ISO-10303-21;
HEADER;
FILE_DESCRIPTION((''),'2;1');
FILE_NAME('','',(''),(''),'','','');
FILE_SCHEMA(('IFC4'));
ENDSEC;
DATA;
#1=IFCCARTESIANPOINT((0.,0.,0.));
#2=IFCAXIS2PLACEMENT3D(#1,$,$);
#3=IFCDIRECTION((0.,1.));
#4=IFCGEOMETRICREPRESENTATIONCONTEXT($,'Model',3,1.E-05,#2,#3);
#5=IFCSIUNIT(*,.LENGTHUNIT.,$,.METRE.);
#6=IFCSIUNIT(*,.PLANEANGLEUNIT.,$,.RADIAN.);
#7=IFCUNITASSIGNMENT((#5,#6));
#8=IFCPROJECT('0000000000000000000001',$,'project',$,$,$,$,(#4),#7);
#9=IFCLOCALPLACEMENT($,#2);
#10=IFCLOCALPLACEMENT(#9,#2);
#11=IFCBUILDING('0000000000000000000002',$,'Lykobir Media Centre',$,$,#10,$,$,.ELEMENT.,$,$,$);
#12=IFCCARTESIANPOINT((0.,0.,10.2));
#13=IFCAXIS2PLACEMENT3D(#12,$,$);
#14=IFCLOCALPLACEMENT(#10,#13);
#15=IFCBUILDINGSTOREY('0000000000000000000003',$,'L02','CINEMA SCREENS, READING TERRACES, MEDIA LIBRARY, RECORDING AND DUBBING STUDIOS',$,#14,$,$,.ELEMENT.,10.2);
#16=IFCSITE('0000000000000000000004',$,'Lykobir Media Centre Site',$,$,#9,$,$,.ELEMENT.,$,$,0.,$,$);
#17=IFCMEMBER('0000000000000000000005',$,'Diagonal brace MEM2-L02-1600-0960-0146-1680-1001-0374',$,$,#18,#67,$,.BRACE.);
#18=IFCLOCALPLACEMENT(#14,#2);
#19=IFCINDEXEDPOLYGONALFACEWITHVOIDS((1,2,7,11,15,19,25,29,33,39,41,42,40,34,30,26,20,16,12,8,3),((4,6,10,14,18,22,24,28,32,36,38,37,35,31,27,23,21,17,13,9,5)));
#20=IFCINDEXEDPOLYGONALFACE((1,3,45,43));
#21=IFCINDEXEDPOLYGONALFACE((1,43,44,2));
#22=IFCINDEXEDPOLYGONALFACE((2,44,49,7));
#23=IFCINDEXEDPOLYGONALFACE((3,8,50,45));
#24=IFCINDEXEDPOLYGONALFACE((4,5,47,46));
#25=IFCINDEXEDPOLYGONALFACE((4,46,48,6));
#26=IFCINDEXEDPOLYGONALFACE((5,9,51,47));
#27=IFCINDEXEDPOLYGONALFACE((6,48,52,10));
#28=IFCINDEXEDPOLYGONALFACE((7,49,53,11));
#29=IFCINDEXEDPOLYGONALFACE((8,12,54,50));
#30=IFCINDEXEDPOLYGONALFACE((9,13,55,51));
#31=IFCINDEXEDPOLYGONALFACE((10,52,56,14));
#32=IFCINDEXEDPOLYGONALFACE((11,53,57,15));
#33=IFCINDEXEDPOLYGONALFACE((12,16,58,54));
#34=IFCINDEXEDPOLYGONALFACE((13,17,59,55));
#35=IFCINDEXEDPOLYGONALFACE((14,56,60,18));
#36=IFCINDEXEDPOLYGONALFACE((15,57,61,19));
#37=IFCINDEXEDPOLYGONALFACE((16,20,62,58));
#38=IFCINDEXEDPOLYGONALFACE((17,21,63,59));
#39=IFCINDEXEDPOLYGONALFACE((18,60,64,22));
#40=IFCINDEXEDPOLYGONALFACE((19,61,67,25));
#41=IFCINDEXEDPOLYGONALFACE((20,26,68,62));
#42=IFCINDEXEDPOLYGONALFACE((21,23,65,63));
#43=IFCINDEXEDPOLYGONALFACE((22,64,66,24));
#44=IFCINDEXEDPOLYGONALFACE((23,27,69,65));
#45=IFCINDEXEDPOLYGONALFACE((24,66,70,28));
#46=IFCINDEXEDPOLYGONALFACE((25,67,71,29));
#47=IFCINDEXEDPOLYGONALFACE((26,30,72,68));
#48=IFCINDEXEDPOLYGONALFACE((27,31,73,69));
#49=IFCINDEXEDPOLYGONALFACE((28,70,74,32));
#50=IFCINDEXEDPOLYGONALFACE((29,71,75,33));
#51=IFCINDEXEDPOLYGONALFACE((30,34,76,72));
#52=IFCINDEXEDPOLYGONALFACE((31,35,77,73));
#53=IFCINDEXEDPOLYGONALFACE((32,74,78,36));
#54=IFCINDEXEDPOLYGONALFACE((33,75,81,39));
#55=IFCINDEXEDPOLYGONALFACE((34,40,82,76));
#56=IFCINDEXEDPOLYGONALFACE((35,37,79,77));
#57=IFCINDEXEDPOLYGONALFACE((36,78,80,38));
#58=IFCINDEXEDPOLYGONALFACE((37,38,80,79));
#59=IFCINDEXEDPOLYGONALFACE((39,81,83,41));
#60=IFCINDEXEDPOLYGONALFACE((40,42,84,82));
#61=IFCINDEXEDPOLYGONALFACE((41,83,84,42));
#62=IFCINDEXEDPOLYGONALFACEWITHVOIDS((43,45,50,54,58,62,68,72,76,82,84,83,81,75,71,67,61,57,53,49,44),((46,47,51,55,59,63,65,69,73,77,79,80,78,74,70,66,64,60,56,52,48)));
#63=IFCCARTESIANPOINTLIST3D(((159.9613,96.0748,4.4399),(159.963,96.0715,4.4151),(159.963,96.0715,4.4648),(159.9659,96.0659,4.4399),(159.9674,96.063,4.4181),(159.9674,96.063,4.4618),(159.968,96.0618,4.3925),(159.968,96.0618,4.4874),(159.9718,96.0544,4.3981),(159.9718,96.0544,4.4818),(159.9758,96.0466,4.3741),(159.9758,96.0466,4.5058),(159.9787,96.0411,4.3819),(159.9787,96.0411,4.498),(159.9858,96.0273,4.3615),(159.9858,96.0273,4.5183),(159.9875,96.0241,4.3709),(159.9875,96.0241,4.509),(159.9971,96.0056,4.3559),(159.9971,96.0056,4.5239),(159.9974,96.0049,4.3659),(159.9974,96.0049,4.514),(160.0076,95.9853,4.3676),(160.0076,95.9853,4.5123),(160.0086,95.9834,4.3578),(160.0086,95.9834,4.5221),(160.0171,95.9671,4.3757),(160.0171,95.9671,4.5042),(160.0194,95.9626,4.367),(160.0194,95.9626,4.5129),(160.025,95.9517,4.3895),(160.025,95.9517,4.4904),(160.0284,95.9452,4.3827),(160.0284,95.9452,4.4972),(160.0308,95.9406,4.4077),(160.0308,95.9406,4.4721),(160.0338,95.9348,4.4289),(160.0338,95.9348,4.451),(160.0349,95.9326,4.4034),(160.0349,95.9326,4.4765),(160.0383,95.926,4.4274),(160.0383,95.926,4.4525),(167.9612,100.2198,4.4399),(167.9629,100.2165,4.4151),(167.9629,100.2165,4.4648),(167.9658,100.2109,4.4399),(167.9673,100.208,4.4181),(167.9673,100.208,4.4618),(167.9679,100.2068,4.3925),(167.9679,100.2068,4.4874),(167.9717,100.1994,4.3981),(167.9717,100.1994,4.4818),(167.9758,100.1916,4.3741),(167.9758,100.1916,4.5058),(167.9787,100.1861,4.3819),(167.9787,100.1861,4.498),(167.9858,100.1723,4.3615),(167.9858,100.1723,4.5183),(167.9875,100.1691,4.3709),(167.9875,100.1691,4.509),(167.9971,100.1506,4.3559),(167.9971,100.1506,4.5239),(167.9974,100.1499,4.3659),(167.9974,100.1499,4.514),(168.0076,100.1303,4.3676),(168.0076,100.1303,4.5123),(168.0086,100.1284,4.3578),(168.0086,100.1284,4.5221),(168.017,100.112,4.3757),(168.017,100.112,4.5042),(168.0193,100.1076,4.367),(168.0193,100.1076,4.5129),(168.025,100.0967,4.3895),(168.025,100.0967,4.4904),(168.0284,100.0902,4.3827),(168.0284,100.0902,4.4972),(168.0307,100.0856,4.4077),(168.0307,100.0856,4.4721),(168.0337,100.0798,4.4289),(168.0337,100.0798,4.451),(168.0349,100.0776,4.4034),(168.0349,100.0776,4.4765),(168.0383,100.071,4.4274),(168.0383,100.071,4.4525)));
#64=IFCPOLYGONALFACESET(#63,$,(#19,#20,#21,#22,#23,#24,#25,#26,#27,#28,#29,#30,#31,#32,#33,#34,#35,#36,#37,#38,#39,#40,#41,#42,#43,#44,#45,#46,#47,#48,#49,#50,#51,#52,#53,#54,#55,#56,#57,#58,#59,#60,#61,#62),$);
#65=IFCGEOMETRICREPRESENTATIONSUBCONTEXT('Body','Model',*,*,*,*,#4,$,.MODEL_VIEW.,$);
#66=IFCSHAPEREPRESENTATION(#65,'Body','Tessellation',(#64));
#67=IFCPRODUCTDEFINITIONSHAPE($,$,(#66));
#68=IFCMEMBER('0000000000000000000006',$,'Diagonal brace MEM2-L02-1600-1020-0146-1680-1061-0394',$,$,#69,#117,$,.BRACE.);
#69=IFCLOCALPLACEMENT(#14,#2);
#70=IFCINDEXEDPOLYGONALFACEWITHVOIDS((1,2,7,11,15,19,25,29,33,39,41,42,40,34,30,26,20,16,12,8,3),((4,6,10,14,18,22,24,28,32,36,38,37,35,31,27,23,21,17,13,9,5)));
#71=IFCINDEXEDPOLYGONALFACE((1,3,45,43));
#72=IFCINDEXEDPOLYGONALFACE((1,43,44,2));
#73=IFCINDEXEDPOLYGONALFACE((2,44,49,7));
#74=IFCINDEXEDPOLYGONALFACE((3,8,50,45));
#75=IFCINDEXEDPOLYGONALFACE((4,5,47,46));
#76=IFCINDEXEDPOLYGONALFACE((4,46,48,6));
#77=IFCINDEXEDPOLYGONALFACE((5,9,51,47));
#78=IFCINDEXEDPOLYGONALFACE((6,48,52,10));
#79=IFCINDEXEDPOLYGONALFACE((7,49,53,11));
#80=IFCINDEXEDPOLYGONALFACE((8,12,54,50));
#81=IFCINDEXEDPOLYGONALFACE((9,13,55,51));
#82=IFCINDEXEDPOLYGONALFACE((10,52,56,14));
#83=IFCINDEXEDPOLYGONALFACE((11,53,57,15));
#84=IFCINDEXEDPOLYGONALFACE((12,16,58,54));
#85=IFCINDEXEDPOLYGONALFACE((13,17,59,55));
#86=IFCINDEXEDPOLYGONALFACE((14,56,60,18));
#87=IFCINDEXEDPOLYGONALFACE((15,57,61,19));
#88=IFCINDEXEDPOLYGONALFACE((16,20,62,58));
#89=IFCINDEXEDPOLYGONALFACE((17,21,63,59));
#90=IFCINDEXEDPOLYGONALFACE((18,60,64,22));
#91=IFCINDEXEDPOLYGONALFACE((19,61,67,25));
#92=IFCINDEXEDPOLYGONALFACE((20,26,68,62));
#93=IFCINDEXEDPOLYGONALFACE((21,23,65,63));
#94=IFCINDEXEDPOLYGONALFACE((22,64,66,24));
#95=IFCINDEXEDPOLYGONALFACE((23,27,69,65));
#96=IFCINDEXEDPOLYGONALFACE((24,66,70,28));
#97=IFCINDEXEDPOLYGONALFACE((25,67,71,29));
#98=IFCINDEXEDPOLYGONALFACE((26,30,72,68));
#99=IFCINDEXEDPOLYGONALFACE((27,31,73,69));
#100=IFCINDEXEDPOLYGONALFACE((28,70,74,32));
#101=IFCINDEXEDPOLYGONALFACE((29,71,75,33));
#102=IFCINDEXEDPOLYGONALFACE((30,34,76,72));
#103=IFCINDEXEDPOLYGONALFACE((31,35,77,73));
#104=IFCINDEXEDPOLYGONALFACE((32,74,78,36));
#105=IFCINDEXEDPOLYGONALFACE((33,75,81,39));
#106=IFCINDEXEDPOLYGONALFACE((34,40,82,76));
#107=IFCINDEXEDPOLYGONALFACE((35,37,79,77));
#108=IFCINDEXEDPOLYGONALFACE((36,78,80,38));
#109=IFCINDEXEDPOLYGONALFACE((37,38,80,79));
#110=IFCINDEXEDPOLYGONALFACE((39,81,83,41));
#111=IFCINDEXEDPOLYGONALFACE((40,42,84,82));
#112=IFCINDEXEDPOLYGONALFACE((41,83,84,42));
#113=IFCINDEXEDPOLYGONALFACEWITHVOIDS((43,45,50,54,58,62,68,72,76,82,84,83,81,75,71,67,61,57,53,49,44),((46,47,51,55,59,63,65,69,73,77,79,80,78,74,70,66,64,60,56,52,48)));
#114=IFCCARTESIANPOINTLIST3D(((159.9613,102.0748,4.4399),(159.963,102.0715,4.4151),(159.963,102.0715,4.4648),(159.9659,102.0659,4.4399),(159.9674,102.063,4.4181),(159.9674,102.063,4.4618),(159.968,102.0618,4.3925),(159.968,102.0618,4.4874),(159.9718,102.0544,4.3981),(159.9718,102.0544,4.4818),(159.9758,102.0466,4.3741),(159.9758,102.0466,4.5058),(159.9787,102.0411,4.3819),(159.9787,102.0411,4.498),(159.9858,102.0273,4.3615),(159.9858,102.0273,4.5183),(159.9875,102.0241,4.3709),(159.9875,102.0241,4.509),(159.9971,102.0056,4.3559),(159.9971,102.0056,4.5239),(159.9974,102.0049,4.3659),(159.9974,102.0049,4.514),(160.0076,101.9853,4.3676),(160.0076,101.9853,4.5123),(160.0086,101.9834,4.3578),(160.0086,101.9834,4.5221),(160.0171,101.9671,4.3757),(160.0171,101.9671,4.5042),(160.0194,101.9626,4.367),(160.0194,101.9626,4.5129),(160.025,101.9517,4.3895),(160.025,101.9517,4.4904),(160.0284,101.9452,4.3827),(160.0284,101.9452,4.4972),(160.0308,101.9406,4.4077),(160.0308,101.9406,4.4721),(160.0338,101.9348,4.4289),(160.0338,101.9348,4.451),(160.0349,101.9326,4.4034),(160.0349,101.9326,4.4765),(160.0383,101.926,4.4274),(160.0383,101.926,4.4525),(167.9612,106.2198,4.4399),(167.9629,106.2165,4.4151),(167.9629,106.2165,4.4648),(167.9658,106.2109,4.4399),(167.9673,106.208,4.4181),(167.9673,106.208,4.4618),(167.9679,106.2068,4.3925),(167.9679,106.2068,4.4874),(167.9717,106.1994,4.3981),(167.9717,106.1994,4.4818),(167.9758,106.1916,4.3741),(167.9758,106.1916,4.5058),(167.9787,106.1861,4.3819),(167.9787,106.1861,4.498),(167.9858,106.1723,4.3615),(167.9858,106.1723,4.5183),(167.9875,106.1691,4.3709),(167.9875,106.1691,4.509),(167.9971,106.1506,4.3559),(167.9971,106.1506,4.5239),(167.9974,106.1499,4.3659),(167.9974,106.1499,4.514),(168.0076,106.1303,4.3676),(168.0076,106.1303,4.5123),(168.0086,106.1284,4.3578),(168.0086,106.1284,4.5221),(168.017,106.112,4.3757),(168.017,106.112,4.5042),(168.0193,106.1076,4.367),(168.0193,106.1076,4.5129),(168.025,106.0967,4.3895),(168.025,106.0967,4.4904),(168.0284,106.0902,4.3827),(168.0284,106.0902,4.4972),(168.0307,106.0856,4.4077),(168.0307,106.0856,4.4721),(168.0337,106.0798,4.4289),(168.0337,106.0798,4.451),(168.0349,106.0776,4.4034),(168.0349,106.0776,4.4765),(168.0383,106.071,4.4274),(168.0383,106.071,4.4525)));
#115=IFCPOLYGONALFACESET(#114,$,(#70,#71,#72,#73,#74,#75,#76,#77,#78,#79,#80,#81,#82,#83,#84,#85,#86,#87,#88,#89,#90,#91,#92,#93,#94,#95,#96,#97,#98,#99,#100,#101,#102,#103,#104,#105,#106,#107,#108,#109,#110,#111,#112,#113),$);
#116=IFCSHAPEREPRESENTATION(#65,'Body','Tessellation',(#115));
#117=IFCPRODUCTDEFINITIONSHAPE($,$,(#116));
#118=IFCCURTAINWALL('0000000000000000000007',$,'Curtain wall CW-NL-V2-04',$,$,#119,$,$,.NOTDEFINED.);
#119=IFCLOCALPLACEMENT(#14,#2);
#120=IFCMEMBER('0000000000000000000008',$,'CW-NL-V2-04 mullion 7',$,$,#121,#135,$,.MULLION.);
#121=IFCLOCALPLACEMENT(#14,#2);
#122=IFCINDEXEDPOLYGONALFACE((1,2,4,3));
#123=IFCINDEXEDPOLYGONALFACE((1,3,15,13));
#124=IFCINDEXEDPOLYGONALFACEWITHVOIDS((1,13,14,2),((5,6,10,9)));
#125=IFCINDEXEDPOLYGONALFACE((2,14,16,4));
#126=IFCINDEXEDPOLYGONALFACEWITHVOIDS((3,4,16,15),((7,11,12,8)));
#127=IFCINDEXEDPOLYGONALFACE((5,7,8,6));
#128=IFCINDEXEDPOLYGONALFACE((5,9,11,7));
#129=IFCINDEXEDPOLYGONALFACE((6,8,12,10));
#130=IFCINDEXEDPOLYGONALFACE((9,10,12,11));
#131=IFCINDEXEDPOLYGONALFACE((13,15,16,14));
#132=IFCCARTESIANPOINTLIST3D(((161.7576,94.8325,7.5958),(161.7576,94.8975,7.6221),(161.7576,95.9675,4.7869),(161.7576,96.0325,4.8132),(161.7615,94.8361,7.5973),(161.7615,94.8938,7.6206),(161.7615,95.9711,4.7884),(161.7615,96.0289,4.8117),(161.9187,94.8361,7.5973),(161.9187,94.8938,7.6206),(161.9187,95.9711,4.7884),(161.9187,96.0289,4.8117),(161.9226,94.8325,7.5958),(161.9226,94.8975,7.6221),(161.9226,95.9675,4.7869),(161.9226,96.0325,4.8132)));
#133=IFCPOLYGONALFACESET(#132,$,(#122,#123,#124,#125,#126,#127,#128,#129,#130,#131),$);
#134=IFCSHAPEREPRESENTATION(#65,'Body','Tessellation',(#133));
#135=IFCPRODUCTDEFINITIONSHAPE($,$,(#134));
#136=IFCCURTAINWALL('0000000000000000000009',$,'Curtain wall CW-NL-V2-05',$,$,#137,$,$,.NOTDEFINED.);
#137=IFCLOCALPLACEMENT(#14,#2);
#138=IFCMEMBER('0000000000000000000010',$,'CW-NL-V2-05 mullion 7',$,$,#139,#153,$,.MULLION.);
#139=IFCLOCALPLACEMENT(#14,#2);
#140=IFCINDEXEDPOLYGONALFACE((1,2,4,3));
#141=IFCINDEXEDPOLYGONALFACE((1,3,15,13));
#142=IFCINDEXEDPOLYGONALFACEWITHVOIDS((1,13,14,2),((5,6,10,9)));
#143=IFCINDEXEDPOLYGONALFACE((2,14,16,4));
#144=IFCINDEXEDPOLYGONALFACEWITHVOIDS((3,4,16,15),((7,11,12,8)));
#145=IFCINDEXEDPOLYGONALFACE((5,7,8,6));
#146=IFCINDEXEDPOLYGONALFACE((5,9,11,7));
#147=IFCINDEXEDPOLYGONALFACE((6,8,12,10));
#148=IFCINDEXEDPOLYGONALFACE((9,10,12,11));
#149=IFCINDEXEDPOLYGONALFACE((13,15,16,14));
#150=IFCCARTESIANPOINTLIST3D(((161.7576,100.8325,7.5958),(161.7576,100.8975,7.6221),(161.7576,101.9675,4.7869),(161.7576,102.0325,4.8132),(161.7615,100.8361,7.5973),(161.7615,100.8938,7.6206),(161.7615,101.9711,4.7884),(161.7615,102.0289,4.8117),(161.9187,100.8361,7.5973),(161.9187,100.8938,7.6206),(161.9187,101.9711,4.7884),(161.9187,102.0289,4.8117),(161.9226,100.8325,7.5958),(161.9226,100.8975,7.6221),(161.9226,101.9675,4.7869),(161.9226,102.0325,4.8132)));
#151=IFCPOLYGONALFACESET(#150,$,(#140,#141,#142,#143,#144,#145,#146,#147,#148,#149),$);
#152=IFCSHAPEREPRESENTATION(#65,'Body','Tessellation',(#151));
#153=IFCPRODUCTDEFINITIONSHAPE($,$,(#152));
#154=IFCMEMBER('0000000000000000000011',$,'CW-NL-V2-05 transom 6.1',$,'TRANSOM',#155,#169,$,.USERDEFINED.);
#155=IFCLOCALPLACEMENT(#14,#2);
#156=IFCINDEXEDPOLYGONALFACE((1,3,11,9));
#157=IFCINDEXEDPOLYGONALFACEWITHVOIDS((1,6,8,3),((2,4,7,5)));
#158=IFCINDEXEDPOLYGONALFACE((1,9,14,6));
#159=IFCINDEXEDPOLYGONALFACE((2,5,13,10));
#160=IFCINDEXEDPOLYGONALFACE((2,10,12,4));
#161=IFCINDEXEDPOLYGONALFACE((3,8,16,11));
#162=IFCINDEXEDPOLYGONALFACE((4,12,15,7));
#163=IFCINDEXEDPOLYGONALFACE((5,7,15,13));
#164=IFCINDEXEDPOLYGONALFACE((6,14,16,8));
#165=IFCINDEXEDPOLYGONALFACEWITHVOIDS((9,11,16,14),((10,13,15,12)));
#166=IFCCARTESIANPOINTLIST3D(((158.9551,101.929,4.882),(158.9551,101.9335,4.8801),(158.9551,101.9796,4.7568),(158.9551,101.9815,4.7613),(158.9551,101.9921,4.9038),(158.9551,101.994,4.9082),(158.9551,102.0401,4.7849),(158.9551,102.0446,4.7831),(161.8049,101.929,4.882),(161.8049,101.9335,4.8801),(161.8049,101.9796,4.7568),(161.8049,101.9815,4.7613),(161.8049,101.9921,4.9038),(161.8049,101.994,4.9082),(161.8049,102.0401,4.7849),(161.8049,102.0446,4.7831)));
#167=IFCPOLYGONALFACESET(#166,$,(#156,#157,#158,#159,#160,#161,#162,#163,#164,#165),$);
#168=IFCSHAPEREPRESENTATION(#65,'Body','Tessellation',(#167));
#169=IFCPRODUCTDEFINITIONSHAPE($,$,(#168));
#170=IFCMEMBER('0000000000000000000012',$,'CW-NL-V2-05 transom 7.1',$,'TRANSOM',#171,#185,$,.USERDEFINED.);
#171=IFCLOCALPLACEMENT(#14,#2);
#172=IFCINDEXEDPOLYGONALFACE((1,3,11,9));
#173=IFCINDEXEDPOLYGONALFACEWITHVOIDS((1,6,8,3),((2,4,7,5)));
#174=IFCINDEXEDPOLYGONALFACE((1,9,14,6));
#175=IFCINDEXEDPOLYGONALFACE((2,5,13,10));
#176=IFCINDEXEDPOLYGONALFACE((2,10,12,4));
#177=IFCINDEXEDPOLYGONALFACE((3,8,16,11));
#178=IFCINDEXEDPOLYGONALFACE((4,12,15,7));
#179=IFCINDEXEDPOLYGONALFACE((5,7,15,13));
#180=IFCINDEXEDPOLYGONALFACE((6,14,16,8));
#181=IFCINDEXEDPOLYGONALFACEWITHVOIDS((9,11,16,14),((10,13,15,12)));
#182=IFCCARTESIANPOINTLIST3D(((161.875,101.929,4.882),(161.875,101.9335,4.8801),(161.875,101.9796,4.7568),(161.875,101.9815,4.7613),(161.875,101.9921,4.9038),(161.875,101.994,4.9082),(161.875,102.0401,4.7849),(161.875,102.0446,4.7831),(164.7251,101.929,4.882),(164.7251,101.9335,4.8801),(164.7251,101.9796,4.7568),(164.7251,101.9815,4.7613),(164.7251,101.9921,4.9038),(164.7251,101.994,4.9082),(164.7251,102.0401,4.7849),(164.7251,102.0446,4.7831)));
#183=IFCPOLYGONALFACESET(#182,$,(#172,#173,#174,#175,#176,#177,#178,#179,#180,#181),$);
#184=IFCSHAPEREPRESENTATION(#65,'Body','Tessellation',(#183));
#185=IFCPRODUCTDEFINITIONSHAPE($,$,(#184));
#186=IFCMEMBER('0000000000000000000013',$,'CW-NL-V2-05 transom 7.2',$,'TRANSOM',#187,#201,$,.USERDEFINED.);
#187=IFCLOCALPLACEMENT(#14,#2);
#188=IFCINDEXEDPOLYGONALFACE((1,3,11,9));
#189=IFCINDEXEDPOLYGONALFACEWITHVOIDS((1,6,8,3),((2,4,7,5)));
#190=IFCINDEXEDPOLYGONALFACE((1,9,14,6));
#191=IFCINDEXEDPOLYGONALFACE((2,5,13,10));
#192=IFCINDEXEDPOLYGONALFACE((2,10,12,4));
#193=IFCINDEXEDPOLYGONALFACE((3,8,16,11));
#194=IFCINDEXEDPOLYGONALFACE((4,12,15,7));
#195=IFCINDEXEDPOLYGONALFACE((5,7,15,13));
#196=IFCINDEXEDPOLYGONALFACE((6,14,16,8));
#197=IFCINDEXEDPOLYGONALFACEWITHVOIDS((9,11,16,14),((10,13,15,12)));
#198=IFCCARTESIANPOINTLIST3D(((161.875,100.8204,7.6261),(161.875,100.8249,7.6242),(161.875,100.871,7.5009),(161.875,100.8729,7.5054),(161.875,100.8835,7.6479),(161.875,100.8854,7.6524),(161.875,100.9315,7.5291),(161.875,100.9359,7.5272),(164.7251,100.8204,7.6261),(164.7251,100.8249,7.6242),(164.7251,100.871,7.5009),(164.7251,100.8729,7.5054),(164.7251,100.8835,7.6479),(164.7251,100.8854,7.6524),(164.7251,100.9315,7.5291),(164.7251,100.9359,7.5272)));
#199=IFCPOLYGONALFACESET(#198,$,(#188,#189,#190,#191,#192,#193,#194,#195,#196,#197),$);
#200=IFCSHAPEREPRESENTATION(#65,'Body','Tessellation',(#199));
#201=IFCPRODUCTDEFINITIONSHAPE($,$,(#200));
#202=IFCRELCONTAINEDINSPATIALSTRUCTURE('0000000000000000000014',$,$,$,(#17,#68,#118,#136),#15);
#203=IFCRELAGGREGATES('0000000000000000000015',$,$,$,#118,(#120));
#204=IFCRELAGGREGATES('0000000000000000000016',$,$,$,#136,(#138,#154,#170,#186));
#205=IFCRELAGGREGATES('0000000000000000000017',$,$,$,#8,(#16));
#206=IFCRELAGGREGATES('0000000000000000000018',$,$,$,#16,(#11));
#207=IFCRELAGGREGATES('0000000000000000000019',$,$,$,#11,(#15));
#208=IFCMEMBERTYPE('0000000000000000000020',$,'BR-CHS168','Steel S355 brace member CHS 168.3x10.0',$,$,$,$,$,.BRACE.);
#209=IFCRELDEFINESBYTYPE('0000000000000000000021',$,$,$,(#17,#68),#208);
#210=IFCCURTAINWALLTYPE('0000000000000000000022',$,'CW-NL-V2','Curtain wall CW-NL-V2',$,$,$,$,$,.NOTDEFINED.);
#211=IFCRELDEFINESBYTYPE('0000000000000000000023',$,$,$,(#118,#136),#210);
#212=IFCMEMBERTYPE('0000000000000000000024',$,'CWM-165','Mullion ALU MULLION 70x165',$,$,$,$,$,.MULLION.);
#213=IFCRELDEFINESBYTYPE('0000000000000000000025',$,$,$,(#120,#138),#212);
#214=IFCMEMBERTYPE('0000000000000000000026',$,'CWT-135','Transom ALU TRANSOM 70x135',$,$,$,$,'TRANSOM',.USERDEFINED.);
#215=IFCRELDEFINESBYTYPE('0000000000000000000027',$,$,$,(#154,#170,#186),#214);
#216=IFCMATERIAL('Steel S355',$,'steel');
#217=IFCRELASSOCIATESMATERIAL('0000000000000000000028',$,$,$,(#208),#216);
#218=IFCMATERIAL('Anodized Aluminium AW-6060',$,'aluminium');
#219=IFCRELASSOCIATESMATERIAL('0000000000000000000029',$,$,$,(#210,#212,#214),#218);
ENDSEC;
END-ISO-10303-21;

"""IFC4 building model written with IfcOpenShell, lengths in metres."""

from ifc_helpers import new_model, si_unit, direction, frame, origin, origin_2d, place, context, subcontext, project, spatial, hollow_rectangle, hollow_circle, extrude, material, material_profile, profile_set, type_object, element, aggregate, save


model = new_model("IFC4")

# Units and contexts
model_context = context("Model", 3, precision=1e-05, world=origin(), true_north=direction((0.0, 1.0)))
body_context = subcontext(model_context, "Body", "Model", "MODEL_VIEW")
ifc_project = project(units=[si_unit("LENGTHUNIT", "METRE"), si_unit("PLANEANGLEUNIT", "RADIAN")], contexts=[model_context])

# Site, building, storey
site_placement = place(None, origin())
site = spatial("IfcSite", under=ifc_project, at=site_placement, Name="Lykobir Media Centre Site", CompositionType="ELEMENT", RefElevation=0.0)
building_placement = place(site_placement, origin())
building = spatial("IfcBuilding", under=site, at=building_placement, Name="Lykobir Media Centre", CompositionType="ELEMENT")
storey_placement = place(building_placement, frame((0.0, 0.0, 10.2)))
storey = spatial("IfcBuildingStorey", under=building, at=storey_placement, Name="L02", Description="CINEMA SCREENS, READING TERRACES, MEDIA LIBRARY, RECORDING AND DUBBING STUDIOS", CompositionType="ELEMENT", Elevation=10.2)

# Members
ifc_material_1 = material(Name="Steel S355", Category="steel")
ifc_material_profile_1 = material_profile(ifc_material_1, hollow_circle(Radius=0.0842, WallThickness=0.01, at=origin_2d()), Name="CHS 168.3x10.0")
ifc_profile_set_1 = profile_set([ifc_material_profile_1], Name="Steel S355")
member_type_1 = type_object("IfcMemberType", Name="BR-CHS168", Description="Steel S355 brace member CHS 168.3x10.0", PredefinedType="BRACE", material=ifc_profile_set_1)
for number, where, z_axis, x_axis, name in (
    (1, (160.0, 96.0, 4.4399), (0.887896, 0.460043, 0.0), (-0.460043, 0.887896, 0.0), "Diagonal brace MEM2-L02-1600-0960-0146-1680-1001-0374"),
    (2, (160.0, 102.0, 4.4399), (0.887896, 0.460043, 0.0), (-0.460043, 0.887896, 0.0), "Diagonal brace MEM2-L02-1600-1020-0146-1680-1061-0394"),
):
    element("IfcMember", number, at=place(storey_placement, frame(where, z_axis=z_axis, x_axis=x_axis)), inside=storey, type_object=member_type_1, Name=name, PredefinedType="BRACE", context=body_context, shape_type="SweptSolid", body=[
        extrude(hollow_circle(Radius=0.0842, WallThickness=0.01, at=origin_2d()), origin(), (0.0, 0.0, 1.0), 9.01),
    ])

# Curtain wall, member
ifc_material_2 = material(Name="Anodized Aluminium AW-6060", Category="aluminium")
curtain_wall_type = type_object("IfcCurtainWallType", Name="CW-NL-V2", Description="Curtain wall CW-NL-V2", PredefinedType="NOTDEFINED", material=ifc_material_2)
curtain_wall_1_placement = place(storey_placement, origin())
curtain_wall_1 = element("IfcCurtainWall", 3, at=curtain_wall_1_placement, inside=storey, type_object=curtain_wall_type, Name="Curtain wall CW-NL-V2-04", PredefinedType="NOTDEFINED")
ifc_material_profile_2 = material_profile(ifc_material_2, hollow_rectangle(XDim=0.0701, YDim=0.165, WallThickness=0.0039, at=origin_2d()), Name="ALU MULLION 70x165")
ifc_profile_set_2 = profile_set([ifc_material_profile_2], Name="Anodized Aluminium AW-6060")
member_type_2 = type_object("IfcMemberType", Name="CWM-165", Description="Mullion ALU MULLION 70x165", PredefinedType="MULLION", material=ifc_profile_set_2)
member_1_placement = place(storey_placement, frame((161.8401, 96.0, 4.8), z_axis=(0.0, -0.374654, 0.927165), x_axis=(0.0, 0.927165, 0.374654)))
member_1 = element("IfcMember", 4, at=member_1_placement, type_object=member_type_2, Name="CW-NL-V2-04 mullion 7", PredefinedType="MULLION", context=body_context, shape_type="SweptSolid", body=[
    extrude(hollow_rectangle(XDim=0.0701, YDim=0.165, WallThickness=0.0039, at=origin_2d()), origin(), (0.0, 0.0, 1.0), 3.0295),
])
aggregate(curtain_wall_1, [member_1])

# Curtain wall, members
curtain_wall_2_placement = place(storey_placement, origin())
curtain_wall_2 = element("IfcCurtainWall", 5, at=curtain_wall_2_placement, inside=storey, type_object=curtain_wall_type, Name="Curtain wall CW-NL-V2-05", PredefinedType="NOTDEFINED")
member_2_placement = place(storey_placement, frame((161.8401, 102.0, 4.8), z_axis=(0.0, -0.374654, 0.927165), x_axis=(0.0, 0.927165, 0.374654)))
member_2 = element("IfcMember", 6, at=member_2_placement, type_object=member_type_2, Name="CW-NL-V2-05 mullion 7", PredefinedType="MULLION", context=body_context, shape_type="SweptSolid", body=[
    extrude(hollow_rectangle(XDim=0.0701, YDim=0.165, WallThickness=0.0039, at=origin_2d()), origin(), (0.0, 0.0, 1.0), 3.0295),
])
ifc_material_profile_3 = material_profile(ifc_material_2, hollow_rectangle(XDim=0.0701, YDim=0.135, WallThickness=0.0034, at=origin_2d()), Name="ALU TRANSOM 70x135")
ifc_profile_set_3 = profile_set([ifc_material_profile_3], Name="Anodized Aluminium AW-6060")
member_type_3 = type_object("IfcMemberType", Name="CWT-135", Description="Transom ALU TRANSOM 70x135", ElementType="TRANSOM", PredefinedType="USERDEFINED", material=ifc_profile_set_3)
member_3_placement = place(storey_placement, frame((158.9551, 101.9868, 4.8325), z_axis=(1.0, 0.0, 0.0), x_axis=(0.0, 0.927184, 0.374607)))
member_3 = element("IfcMember", 7, at=member_3_placement, type_object=member_type_3, Name="CW-NL-V2-05 transom 6.1", ObjectType="TRANSOM", PredefinedType="USERDEFINED", context=body_context, shape_type="SweptSolid", body=[
    extrude(hollow_rectangle(XDim=0.0701, YDim=0.135, WallThickness=0.0034, at=origin_2d()), origin(), (0.0, 0.0, 1.0), 2.8499),
])
member_4_placement = place(storey_placement, frame((161.875, 101.9868, 4.8325), z_axis=(1.0, 0.0, 0.0), x_axis=(0.0, 0.927184, 0.374607)))
member_4 = element("IfcMember", 8, at=member_4_placement, type_object=member_type_3, Name="CW-NL-V2-05 transom 7.1", ObjectType="TRANSOM", PredefinedType="USERDEFINED", context=body_context, shape_type="SweptSolid", body=[
    extrude(hollow_rectangle(XDim=0.0701, YDim=0.135, WallThickness=0.0034, at=origin_2d()), origin(), (0.0, 0.0, 1.0), 2.8501),
])
member_5_placement = place(storey_placement, frame((161.875, 100.8782, 7.5767), z_axis=(1.0, 0.0, 0.0), x_axis=(0.0, 0.927184, 0.374607)))
member_5 = element("IfcMember", 9, at=member_5_placement, type_object=member_type_3, Name="CW-NL-V2-05 transom 7.2", ObjectType="TRANSOM", PredefinedType="USERDEFINED", context=body_context, shape_type="SweptSolid", body=[
    extrude(hollow_rectangle(XDim=0.0701, YDim=0.135, WallThickness=0.0034, at=origin_2d()), origin(), (0.0, 0.0, 1.0), 2.8501),
])
aggregate(curtain_wall_2, [member_2, member_3, member_4, member_5])

save(model, "model.ifc")
